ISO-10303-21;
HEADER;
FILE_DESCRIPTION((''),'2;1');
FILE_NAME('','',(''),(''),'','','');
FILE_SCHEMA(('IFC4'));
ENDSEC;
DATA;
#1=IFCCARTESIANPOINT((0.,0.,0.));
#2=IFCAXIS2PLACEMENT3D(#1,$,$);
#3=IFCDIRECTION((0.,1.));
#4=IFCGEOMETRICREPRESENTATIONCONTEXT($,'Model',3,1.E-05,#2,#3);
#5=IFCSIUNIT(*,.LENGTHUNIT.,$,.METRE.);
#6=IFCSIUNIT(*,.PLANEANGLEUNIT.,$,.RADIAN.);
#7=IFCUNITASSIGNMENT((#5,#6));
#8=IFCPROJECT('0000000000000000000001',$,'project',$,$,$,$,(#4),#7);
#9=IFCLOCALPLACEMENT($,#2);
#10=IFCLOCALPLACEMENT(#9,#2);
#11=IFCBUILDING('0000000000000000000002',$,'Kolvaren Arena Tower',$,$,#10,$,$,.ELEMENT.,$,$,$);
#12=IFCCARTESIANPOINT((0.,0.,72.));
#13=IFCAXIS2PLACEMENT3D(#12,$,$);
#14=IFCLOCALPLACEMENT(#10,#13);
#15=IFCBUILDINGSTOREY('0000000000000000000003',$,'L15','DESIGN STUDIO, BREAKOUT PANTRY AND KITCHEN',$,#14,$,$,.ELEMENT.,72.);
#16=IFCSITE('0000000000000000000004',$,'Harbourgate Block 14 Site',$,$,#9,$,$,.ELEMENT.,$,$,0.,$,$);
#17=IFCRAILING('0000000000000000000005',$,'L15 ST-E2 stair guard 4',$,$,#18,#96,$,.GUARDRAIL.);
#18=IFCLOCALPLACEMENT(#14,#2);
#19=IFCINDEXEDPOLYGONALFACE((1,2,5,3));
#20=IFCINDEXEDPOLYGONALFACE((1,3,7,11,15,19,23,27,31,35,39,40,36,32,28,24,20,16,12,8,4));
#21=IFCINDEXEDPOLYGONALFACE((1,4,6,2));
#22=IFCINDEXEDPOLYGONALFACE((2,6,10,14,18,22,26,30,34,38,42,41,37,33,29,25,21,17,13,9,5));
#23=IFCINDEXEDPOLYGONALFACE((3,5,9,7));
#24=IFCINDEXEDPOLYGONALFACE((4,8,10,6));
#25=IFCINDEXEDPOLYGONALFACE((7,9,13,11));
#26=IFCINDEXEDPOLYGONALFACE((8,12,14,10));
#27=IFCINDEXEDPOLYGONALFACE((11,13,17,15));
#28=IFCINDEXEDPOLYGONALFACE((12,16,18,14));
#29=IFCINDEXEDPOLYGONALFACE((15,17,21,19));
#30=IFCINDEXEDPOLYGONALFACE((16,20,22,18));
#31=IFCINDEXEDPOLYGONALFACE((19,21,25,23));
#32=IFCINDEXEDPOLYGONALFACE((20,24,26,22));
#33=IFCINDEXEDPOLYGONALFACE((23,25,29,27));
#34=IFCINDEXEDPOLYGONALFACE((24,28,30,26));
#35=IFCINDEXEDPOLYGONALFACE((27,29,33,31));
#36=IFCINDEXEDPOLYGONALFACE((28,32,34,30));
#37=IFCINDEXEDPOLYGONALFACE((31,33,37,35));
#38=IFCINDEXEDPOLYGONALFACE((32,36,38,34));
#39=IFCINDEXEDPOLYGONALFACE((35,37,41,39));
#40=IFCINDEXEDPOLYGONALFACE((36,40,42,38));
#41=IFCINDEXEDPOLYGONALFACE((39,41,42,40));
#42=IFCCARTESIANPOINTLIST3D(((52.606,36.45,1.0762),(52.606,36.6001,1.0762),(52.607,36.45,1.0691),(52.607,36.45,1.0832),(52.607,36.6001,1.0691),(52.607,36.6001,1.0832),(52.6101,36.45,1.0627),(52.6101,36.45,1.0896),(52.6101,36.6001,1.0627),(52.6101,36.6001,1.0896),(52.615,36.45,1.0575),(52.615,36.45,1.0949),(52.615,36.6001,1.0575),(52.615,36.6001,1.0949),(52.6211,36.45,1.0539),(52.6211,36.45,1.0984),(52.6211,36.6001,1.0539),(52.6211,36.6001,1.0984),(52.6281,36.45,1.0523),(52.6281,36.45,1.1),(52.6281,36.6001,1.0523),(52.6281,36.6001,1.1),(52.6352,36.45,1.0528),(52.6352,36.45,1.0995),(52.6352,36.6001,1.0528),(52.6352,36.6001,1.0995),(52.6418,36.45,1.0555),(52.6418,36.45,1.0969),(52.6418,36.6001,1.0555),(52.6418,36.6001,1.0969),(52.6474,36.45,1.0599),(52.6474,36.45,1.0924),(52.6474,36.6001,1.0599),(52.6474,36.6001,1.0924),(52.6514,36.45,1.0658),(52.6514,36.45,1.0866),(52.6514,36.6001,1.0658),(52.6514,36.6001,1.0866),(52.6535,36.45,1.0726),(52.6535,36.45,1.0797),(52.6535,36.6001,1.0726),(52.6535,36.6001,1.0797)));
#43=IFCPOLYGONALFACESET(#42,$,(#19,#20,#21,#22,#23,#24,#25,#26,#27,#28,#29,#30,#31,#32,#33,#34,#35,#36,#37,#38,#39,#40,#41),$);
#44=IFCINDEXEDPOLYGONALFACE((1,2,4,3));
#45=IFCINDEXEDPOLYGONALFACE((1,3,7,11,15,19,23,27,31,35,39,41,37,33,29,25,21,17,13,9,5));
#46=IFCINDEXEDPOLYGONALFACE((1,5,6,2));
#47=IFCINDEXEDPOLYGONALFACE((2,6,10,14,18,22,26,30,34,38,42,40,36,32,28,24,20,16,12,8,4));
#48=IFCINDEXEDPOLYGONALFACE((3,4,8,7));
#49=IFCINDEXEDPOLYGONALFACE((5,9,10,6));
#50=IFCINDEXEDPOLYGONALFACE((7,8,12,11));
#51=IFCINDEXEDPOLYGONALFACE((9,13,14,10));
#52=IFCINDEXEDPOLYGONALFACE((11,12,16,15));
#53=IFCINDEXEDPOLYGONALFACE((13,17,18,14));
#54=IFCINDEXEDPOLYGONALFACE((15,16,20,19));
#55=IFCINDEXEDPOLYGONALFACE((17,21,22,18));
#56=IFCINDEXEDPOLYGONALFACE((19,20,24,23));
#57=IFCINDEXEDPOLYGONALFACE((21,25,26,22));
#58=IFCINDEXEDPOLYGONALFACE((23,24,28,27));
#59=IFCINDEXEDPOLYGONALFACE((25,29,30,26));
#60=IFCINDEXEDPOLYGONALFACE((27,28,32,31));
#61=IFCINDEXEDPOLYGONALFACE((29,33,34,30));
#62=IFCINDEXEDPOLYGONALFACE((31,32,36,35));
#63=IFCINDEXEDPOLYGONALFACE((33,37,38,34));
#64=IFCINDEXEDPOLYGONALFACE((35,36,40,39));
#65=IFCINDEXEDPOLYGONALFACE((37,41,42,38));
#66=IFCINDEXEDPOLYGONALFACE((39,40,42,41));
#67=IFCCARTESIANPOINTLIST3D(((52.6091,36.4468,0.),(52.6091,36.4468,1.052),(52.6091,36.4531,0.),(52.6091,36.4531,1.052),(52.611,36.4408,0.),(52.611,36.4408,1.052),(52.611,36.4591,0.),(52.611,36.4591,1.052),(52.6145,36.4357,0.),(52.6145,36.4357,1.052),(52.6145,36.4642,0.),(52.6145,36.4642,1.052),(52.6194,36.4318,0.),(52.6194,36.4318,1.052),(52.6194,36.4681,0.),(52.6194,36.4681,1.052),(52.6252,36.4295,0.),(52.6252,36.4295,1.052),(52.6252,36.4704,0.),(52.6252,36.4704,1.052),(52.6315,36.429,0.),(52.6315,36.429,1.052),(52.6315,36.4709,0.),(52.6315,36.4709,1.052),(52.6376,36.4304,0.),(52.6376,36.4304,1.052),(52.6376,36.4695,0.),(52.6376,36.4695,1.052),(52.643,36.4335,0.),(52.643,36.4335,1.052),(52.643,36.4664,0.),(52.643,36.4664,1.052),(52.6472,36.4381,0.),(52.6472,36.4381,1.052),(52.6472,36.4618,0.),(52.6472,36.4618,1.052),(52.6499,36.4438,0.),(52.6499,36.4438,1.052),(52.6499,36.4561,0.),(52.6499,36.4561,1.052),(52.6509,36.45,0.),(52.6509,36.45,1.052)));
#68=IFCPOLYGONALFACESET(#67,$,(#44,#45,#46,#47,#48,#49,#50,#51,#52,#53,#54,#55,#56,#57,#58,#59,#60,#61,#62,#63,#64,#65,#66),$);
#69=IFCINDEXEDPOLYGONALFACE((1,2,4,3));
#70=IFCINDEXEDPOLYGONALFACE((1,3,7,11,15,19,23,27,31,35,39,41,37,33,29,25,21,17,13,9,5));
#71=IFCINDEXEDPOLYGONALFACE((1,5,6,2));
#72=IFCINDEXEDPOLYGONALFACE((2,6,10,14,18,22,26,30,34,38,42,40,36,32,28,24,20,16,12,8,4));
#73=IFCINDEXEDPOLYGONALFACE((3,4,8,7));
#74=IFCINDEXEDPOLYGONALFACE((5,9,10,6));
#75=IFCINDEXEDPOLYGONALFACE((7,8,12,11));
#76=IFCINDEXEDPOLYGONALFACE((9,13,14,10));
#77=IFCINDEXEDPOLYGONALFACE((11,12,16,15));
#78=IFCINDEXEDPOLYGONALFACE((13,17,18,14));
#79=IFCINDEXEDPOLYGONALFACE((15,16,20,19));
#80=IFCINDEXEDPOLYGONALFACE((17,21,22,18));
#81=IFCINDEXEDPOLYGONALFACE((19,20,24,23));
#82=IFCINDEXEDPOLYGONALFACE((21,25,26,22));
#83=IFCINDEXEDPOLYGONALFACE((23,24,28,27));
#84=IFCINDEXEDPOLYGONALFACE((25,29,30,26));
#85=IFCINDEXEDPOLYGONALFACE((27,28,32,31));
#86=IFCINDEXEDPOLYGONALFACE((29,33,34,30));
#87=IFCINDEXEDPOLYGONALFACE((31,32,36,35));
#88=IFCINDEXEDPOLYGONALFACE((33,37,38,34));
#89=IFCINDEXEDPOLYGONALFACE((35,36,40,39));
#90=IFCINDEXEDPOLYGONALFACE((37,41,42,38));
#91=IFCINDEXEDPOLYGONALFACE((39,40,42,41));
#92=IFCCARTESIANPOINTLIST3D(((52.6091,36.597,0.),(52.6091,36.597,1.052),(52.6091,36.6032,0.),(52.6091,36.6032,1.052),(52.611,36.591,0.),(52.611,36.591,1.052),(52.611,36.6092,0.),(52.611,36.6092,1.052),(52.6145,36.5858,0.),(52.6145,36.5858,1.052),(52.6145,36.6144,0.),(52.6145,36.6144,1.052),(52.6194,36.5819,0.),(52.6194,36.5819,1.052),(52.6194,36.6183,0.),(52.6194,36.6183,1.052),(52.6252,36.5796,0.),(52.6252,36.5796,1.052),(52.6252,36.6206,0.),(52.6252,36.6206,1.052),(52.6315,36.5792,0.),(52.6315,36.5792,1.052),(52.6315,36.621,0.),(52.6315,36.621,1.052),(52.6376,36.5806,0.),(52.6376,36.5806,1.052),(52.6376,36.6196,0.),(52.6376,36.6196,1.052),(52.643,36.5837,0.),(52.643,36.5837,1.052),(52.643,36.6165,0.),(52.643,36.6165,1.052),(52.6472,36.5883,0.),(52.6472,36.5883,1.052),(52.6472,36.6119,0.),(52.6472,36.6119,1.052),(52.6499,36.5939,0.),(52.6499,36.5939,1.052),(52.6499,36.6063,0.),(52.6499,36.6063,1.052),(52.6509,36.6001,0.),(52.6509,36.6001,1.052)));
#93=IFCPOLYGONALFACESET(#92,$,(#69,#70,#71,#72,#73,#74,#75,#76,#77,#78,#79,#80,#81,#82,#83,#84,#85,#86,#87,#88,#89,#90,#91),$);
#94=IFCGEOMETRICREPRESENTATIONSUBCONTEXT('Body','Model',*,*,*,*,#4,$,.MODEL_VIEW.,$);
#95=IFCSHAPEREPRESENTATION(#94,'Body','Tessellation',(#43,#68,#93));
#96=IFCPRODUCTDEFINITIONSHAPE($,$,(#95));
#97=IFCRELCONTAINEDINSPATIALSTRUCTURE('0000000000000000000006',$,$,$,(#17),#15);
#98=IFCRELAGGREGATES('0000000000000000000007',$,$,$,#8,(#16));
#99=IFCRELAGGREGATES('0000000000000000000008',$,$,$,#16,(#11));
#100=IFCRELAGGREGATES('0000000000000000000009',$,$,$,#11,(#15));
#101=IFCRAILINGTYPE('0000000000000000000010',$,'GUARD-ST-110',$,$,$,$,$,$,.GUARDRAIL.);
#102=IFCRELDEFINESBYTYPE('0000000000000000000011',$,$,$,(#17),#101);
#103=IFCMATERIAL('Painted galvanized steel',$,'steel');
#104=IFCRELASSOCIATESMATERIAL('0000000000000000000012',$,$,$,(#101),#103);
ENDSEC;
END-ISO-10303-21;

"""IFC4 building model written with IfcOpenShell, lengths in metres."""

from ifc_helpers import new_model, si_unit, direction, frame, origin, origin_2d, place, context, subcontext, project, spatial, circle, extrude, material, type_object, element, save


model = new_model("IFC4")

# Units and contexts
model_context = context("Model", 3, precision=1e-05, world=origin(), true_north=direction((0.0, 1.0)))
body_context = subcontext(model_context, "Body", "Model", "MODEL_VIEW")
ifc_project = project(units=[si_unit("LENGTHUNIT", "METRE"), si_unit("PLANEANGLEUNIT", "RADIAN")], contexts=[model_context])

# Site, building, storey
site_placement = place(None, origin())
site = spatial("IfcSite", under=ifc_project, at=site_placement, Name="Harbourgate Block 14 Site", CompositionType="ELEMENT", RefElevation=0.0)
building_placement = place(site_placement, origin())
building = spatial("IfcBuilding", under=site, at=building_placement, Name="Kolvaren Arena Tower", CompositionType="ELEMENT")
storey_placement = place(building_placement, frame((0.0, 0.0, 72.0)))
storey = spatial("IfcBuildingStorey", under=building, at=storey_placement, Name="L15", Description="DESIGN STUDIO, BREAKOUT PANTRY AND KITCHEN", CompositionType="ELEMENT", Elevation=72.0)

# Railing
ifc_material_1 = material(Name="Painted galvanized steel", Category="steel")
railing_type_1 = type_object("IfcRailingType", Name="GUARD-ST-110", PredefinedType="GUARDRAIL", material=ifc_material_1)
railing_1_placement = place(storey_placement, frame((52.6299, 36.45, 0.0)))
element("IfcRailing", 1, at=railing_1_placement, inside=storey, type_object=railing_type_1, Name="L15 ST-E2 stair guard 4", PredefinedType="GUARDRAIL", context=body_context, shape_type="SweptSolid", body=[
    extrude(circle(Radius=0.0239, at=origin_2d()), frame((0.0, 0.0, 1.0762), z_axis=(0.0, 1.0, 0.0), x_axis=(-1.0, 0.0, 0.0)), (0.0, 0.0, 1.0), 0.1501),
    extrude(circle(Radius=0.021, at=origin_2d()), origin(), (0.0, 0.0, 1.0), 1.052),
    extrude(circle(Radius=0.021, at=origin_2d()), frame((0.0, 0.1501, 0.0)), (0.0, 0.0, 1.0), 1.052),
])

save(model, "model.ifc")
